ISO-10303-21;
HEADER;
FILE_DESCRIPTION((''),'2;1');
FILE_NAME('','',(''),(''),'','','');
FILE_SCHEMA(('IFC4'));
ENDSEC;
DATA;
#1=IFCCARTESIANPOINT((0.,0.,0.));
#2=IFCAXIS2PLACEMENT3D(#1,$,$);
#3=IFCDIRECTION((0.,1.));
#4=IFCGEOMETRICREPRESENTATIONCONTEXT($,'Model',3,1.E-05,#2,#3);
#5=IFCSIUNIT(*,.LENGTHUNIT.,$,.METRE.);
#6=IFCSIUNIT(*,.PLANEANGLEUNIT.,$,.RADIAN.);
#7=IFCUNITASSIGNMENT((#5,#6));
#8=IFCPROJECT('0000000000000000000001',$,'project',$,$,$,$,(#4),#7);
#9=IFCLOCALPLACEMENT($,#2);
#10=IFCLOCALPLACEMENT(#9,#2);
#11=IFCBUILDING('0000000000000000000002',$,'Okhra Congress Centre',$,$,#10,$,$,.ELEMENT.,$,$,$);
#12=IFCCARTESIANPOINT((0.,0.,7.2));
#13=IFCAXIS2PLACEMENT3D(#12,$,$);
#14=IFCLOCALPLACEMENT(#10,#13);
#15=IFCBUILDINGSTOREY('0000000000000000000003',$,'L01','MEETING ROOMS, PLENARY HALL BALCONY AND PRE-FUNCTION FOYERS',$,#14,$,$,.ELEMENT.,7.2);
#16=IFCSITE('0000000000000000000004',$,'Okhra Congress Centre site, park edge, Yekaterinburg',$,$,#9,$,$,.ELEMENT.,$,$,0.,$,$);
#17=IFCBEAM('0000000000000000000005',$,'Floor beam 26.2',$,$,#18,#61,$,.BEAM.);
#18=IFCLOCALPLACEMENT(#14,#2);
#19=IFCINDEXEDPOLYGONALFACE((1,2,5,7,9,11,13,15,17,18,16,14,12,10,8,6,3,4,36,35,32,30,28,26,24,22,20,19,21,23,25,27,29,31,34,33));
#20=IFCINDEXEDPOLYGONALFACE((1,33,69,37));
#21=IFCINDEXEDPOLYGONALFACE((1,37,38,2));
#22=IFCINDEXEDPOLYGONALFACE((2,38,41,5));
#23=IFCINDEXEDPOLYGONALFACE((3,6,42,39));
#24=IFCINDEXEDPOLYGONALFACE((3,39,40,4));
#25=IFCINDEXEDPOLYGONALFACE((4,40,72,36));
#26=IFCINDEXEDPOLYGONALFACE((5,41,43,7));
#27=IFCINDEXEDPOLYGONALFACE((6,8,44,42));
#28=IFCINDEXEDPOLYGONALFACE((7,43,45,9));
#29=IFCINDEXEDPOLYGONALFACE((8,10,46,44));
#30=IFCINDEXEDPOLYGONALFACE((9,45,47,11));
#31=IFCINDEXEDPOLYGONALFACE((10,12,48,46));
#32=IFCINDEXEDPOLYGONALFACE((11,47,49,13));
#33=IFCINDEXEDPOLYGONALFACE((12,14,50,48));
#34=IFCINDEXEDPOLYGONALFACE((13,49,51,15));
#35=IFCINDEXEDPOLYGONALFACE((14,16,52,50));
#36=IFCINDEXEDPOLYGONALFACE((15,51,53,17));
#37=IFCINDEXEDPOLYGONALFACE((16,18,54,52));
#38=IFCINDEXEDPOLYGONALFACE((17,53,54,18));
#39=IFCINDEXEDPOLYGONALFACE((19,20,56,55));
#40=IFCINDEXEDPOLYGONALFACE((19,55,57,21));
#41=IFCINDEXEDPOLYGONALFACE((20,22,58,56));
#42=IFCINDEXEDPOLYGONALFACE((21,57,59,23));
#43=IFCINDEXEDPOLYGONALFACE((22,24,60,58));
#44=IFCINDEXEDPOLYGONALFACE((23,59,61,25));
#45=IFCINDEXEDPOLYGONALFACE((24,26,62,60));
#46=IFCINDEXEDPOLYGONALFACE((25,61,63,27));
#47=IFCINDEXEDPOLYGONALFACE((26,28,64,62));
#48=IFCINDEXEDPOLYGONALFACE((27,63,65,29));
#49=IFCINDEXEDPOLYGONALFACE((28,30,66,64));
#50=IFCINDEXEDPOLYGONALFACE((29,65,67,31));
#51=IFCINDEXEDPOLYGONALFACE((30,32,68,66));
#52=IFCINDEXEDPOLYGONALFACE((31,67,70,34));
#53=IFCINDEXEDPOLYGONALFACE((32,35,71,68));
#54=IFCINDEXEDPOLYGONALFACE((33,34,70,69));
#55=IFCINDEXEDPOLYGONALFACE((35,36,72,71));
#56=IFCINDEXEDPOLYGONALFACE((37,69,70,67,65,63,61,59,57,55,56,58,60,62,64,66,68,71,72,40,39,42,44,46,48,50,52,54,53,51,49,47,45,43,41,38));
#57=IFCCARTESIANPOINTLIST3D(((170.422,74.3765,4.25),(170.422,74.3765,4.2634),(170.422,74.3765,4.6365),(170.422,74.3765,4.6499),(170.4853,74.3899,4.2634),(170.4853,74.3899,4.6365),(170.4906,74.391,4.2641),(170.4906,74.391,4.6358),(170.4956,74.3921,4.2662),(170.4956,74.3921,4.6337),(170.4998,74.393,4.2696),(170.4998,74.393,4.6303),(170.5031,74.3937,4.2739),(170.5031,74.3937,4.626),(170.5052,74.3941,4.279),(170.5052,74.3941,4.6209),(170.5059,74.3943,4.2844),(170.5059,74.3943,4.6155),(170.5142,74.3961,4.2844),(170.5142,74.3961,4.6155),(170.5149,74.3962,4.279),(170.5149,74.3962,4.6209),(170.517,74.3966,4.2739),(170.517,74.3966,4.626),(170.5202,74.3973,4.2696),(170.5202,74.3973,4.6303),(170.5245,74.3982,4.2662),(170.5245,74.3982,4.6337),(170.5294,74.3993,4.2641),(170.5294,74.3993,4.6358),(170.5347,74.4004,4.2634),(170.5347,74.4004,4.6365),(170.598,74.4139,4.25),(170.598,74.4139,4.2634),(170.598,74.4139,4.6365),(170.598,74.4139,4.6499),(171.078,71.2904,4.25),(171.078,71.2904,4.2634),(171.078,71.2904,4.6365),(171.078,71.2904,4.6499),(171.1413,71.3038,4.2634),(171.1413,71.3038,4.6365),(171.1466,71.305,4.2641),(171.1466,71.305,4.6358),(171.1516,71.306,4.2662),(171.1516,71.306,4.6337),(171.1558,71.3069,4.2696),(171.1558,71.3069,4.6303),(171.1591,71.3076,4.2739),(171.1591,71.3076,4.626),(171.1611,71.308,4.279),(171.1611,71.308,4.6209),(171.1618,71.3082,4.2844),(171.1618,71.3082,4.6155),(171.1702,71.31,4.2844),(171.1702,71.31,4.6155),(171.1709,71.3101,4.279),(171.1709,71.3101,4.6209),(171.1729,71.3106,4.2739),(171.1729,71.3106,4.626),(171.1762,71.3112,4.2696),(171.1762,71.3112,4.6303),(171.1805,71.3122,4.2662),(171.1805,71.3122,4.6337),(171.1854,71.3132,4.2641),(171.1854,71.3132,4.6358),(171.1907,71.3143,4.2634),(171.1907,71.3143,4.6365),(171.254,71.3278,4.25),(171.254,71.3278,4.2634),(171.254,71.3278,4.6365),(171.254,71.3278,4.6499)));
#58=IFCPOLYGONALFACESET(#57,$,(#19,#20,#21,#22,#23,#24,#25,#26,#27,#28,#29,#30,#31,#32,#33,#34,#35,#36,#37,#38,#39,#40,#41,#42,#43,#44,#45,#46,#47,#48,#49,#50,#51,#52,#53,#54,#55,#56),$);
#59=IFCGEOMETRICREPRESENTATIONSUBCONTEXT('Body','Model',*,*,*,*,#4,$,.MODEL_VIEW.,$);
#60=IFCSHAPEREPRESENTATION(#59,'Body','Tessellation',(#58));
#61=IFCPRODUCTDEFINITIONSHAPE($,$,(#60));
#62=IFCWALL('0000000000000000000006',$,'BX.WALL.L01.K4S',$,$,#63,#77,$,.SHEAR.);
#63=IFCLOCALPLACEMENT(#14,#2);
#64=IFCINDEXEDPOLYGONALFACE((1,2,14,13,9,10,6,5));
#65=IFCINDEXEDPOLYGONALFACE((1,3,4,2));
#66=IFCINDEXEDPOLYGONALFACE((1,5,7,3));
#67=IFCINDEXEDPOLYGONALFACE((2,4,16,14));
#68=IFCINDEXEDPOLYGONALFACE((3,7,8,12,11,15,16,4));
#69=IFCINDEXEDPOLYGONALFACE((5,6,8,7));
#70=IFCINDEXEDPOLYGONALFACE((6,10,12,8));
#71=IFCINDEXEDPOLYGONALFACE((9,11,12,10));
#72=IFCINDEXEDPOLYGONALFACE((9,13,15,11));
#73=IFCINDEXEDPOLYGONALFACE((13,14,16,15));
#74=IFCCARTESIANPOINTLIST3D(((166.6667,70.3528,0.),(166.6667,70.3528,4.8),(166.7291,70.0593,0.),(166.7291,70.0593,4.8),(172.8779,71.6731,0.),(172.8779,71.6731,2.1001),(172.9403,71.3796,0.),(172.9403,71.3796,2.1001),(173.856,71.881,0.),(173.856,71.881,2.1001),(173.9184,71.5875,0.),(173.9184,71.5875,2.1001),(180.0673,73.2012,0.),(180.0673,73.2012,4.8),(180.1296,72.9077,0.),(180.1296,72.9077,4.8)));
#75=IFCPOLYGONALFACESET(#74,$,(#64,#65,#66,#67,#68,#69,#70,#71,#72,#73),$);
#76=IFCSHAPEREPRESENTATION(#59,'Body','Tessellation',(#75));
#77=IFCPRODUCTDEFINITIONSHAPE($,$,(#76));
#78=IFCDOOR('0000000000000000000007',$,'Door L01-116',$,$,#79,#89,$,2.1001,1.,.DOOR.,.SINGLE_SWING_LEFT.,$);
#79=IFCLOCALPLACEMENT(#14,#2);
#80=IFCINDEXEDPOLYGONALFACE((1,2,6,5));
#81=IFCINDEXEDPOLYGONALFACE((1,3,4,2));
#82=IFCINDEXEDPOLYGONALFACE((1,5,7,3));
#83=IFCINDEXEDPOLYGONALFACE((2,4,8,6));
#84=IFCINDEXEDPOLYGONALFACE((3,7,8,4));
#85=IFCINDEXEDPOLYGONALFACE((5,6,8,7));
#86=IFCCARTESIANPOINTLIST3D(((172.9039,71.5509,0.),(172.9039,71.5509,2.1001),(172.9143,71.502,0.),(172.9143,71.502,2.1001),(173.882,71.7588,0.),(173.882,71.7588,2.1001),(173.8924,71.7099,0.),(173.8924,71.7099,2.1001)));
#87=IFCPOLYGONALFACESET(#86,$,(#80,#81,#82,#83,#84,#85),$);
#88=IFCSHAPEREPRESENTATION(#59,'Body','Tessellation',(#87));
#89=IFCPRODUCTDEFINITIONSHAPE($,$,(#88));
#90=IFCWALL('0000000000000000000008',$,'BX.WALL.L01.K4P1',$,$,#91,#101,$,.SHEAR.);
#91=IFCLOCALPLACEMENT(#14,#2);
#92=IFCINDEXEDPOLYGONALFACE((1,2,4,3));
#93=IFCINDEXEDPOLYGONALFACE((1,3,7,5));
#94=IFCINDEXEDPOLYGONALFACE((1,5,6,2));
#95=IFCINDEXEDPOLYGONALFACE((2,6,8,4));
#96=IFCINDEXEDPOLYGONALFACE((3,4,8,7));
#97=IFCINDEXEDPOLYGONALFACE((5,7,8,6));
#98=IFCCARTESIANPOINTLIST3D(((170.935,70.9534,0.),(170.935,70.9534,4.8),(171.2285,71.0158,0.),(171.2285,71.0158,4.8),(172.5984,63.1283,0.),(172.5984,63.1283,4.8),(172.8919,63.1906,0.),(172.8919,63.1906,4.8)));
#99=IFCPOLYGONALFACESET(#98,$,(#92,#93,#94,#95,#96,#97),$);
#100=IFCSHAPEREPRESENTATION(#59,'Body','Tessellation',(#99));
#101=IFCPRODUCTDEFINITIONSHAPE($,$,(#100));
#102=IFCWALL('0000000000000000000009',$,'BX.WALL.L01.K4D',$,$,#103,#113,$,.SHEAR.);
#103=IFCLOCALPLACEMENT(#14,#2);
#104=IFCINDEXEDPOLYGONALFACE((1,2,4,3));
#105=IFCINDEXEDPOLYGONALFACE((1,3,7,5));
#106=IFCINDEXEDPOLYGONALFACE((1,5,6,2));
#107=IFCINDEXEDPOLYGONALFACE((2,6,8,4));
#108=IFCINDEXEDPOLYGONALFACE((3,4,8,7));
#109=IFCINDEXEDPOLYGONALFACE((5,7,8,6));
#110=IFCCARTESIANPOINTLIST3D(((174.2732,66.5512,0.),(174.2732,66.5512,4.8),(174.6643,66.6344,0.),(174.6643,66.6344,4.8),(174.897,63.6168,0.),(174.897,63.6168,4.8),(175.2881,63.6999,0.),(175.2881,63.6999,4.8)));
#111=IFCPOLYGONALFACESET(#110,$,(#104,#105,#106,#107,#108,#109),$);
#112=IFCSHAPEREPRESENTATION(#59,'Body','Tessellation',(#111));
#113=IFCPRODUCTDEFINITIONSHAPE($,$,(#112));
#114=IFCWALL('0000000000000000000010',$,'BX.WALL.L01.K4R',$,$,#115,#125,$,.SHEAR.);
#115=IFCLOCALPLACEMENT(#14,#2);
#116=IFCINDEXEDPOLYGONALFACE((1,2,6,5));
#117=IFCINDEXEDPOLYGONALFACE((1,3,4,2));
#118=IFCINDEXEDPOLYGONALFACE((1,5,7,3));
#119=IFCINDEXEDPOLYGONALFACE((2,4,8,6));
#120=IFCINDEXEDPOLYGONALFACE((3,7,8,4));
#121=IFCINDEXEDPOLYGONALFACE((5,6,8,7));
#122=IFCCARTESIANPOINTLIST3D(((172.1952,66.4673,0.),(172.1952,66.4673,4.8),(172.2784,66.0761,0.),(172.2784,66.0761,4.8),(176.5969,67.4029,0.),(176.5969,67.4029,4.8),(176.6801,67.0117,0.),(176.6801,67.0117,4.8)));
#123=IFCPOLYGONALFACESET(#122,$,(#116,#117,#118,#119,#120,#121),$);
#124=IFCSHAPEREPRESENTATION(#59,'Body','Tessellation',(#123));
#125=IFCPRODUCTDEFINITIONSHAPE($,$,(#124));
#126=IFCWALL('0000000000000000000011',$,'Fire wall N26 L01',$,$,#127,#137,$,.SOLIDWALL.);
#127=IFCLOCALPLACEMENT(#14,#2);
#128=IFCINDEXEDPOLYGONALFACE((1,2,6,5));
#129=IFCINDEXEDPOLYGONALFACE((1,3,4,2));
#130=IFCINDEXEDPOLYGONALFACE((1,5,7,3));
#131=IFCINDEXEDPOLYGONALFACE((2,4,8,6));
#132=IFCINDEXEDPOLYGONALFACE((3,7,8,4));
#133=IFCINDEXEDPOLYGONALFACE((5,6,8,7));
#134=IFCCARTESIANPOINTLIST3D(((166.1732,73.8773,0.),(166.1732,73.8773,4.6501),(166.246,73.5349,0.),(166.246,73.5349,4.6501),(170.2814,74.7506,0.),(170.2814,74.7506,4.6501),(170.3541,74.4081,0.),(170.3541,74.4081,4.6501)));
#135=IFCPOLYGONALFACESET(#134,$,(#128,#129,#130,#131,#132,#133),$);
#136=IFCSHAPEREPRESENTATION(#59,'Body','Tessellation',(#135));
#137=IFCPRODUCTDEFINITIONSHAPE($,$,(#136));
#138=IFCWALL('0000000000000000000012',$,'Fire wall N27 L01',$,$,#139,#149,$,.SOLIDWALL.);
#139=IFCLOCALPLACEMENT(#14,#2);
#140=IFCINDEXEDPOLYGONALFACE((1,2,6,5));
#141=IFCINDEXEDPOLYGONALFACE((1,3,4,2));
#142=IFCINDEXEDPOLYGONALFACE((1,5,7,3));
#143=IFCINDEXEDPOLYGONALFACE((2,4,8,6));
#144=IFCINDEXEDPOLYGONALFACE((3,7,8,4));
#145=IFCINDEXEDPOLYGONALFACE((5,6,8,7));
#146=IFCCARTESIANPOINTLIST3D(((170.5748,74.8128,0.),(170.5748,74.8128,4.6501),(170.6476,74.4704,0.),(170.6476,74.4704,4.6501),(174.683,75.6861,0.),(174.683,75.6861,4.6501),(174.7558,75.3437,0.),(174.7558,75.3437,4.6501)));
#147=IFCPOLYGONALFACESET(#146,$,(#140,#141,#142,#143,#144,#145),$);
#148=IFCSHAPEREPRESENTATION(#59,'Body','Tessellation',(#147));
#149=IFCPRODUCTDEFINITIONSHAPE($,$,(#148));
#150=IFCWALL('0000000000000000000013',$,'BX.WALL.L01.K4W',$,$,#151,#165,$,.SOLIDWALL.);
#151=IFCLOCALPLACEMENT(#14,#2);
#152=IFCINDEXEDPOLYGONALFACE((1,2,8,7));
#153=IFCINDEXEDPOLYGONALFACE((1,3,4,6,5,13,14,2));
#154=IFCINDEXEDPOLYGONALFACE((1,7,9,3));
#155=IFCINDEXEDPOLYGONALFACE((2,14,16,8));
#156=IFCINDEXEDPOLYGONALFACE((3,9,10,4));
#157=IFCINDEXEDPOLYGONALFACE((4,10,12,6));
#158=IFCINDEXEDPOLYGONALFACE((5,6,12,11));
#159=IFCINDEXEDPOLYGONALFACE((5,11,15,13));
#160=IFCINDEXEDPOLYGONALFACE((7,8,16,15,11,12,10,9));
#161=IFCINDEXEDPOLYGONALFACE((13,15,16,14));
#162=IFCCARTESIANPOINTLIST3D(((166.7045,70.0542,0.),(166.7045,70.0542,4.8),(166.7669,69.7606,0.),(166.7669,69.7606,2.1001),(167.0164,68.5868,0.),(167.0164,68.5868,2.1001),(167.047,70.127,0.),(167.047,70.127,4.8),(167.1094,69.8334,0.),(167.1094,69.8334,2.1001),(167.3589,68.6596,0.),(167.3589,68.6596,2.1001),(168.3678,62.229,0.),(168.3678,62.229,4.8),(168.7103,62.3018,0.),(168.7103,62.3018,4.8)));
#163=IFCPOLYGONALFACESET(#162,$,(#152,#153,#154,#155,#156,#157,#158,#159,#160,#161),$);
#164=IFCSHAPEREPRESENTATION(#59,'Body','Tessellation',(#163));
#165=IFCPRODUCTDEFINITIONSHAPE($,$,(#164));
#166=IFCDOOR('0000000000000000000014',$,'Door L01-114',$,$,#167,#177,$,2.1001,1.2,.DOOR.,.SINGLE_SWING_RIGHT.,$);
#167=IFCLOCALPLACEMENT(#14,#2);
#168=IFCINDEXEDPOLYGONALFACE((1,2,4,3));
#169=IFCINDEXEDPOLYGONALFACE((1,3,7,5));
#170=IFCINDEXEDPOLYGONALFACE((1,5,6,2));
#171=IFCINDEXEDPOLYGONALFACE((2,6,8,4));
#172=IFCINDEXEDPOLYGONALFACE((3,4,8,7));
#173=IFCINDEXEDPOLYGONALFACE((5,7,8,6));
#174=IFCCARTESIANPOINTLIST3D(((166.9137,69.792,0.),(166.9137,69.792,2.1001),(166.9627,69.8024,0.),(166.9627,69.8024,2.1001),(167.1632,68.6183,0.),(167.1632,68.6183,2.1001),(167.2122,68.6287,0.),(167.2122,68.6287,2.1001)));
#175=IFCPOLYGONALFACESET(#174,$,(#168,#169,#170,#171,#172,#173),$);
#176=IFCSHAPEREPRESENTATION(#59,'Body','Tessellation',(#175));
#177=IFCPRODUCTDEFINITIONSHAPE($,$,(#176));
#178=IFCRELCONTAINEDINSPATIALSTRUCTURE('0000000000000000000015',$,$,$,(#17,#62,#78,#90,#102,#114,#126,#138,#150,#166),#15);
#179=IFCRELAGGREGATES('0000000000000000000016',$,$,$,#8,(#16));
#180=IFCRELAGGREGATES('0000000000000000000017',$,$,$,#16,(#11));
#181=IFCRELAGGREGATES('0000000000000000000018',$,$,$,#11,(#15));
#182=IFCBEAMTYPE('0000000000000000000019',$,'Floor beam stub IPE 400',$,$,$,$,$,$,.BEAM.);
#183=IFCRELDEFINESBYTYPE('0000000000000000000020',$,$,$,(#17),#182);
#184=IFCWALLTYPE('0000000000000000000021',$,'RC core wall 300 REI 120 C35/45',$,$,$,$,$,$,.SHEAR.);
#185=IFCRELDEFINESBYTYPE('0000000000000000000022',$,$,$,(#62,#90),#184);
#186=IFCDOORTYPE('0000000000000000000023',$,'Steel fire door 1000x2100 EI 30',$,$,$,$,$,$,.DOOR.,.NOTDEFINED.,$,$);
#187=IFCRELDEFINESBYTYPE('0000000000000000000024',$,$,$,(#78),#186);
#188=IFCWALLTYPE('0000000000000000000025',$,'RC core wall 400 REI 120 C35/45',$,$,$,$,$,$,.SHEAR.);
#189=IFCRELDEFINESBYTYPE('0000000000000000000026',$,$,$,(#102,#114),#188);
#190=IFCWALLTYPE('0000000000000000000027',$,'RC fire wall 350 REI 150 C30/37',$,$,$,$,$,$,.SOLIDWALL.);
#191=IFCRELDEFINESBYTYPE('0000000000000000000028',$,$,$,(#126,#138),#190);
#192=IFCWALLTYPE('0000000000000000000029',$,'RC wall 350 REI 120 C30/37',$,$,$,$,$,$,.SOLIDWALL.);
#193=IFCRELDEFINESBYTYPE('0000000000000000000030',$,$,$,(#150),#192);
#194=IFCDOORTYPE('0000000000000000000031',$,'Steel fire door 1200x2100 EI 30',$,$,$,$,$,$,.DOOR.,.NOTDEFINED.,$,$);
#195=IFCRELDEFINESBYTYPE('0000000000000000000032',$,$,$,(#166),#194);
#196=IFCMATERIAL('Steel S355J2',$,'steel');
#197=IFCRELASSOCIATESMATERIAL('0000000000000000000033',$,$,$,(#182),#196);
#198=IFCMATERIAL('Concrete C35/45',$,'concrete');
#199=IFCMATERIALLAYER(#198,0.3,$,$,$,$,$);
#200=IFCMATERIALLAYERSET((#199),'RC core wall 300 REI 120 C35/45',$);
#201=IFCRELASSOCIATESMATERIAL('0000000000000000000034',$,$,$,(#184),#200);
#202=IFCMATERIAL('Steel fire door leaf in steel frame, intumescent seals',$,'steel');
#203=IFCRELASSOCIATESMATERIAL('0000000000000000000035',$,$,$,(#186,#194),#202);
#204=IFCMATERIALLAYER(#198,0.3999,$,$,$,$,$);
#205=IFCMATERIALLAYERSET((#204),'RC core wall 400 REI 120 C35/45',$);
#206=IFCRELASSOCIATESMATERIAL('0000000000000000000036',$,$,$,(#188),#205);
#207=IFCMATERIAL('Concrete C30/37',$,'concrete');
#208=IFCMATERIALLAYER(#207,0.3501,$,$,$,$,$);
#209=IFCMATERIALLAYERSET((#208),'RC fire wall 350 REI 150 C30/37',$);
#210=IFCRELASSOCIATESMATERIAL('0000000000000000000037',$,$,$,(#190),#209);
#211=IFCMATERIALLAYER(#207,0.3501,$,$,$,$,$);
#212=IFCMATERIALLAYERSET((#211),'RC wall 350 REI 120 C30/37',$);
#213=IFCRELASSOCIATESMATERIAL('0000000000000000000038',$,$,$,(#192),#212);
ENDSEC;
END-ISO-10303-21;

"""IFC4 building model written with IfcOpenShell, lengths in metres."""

from ifc_helpers import new_model, si_unit, direction, frame, frame_2d, origin, origin_2d, place, context, subcontext, project, spatial, rectangle, i_section, extrude, material, layer, layer_set, material_profile, profile_set, type_object, element, fill, save


model = new_model("IFC4")

# Units and contexts
model_context = context("Model", 3, precision=1e-05, world=origin(), true_north=direction((0.0, 1.0)))
body_context = subcontext(model_context, "Body", "Model", "MODEL_VIEW")
ifc_project = project(units=[si_unit("LENGTHUNIT", "METRE"), si_unit("PLANEANGLEUNIT", "RADIAN")], contexts=[model_context])

# Site, building, storey
site_placement = place(None, origin())
site = spatial("IfcSite", under=ifc_project, at=site_placement, Name="Okhra Congress Centre site, park edge, Yekaterinburg", CompositionType="ELEMENT", RefElevation=0.0)
building_placement = place(site_placement, origin())
building = spatial("IfcBuilding", under=site, at=building_placement, Name="Okhra Congress Centre", CompositionType="ELEMENT")
storey_placement = place(building_placement, frame((0.0, 0.0, 7.2)))
storey = spatial("IfcBuildingStorey", under=building, at=storey_placement, Name="L01", Description="MEETING ROOMS, PLENARY HALL BALCONY AND PRE-FUNCTION FOYERS", CompositionType="ELEMENT", Elevation=7.2)

# Shared definitions
ifc_material_1 = material(Name="Steel S355J2", Category="steel")

# Beam
ifc_material_profile_1 = material_profile(ifc_material_1, i_section(OverallWidth=0.1799, OverallDepth=0.3999, WebThickness=0.0085, FlangeThickness=0.0134, FilletRadius=0.021, at=origin_2d()), Name="IPE 400")
ifc_profile_set_1 = profile_set([ifc_material_profile_1], Name="Steel S355J2")
beam_type_1 = type_object("IfcBeamType", Name="Floor beam stub IPE 400", PredefinedType="BEAM", material=ifc_profile_set_1)
for number, where, z_axis, x_axis, name in (
    (1, (171.166, 71.3091, 4.45), (-0.207917, 0.978146, 0.0), (-0.978146, -0.207917, 0.0), "Floor beam 26.2"),
):
    element("IfcBeam", number, at=place(storey_placement, frame(where, z_axis=z_axis, x_axis=x_axis)), inside=storey, type_object=beam_type_1, Name=name, PredefinedType="BEAM", context=body_context, shape_type="SweptSolid", body=[
        extrude(i_section(OverallWidth=0.1799, OverallDepth=0.3999, WebThickness=0.0085, FlangeThickness=0.0134, FilletRadius=0.021, at=origin_2d()), origin(), (0.0, 0.0, 1.0), 3.155),
    ])

# Wall, opening, door
ifc_material_2 = material(Name="Concrete C35/45", Category="concrete")
ifc_layer_1 = layer(ifc_material_2, 0.3)
ifc_layer_set_1 = layer_set([ifc_layer_1], Name="RC core wall 300 REI 120 C35/45")
wall_type_1 = type_object("IfcWallType", Name="RC core wall 300 REI 120 C35/45", PredefinedType="SHEAR", material=ifc_layer_set_1)
wall_1_placement = place(storey_placement, frame((166.6978, 70.2061, 0.0), z_axis=(0.0, 0.0, 1.0), x_axis=(0.978148, 0.207911, 0.0)))
wall_1 = element("IfcWall", 2, at=wall_1_placement, inside=storey, type_object=wall_type_1, Name="BX.WALL.L01.K4S", PredefinedType="SHEAR", context=body_context, shape_type="SweptSolid", body=[
    extrude(rectangle(XDim=13.7, YDim=0.3, at=frame_2d((6.8501, 0.0))), origin(), (0.0, 0.0, 1.0), 4.8),
])
opening_1_placement = place(wall_1_placement, frame((6.3501, 0.0, 0.0)))
opening_1 = element("IfcOpeningElement", 3, at=opening_1_placement, cuts=wall_1, PredefinedType="OPENING", context=body_context, shape_type="SweptSolid", body=[
    extrude(rectangle(XDim=1.0, YDim=2.1001, at=frame_2d((0.5, 1.05))), frame((0.0, 0.1599, 0.0), z_axis=(0.0, -1.0, 0.0), x_axis=(1.0, 0.0, 0.0)), (0.0, 0.0, 1.0), 0.3201),
])
ifc_material_3 = material(Name="Steel fire door leaf in steel frame, intumescent seals", Category="steel")
door_type_1 = type_object("IfcDoorType", Name="Steel fire door 1000x2100 EI 30", OperationType="NOTDEFINED", PredefinedType="DOOR", material=ifc_material_3)
door_1_placement = place(opening_1_placement, frame((1.0, 0.0, 0.0), z_axis=(0.0, 0.0, 1.0), x_axis=(-1.0, 0.0, 0.0)))
door_1 = element("IfcDoor", 4, at=door_1_placement, inside=storey, type_object=door_type_1, Name="Door L01-116", OperationType="SINGLE_SWING_LEFT", OverallHeight=2.1001, OverallWidth=1.0, PredefinedType="DOOR", context=body_context, shape_type="SweptSolid", body=[
    extrude(rectangle(XDim=1.0, YDim=2.1001, at=frame_2d((0.5, 1.05))), frame((0.0, 0.0249, 0.0), z_axis=(0.0, -1.0, 0.0), x_axis=(1.0, 0.0, 0.0)), (0.0, 0.0, 1.0), 0.05),
])
fill(opening_1, door_1)

# Walls
wall_2_placement = place(storey_placement, frame((171.0818, 70.9846, 0.0), z_axis=(0.0, 0.0, 1.0), x_axis=(0.207916, -0.978147, 0.0)))
element("IfcWall", 5, at=wall_2_placement, inside=storey, type_object=wall_type_1, Name="BX.WALL.L01.K4P1", PredefinedType="SHEAR", context=body_context, shape_type="SweptSolid", body=[
    extrude(rectangle(XDim=8.0, YDim=0.3, at=frame_2d((4.0, 0.0))), origin(), (0.0, 0.0, 1.0), 4.8),
])
ifc_layer_2 = layer(ifc_material_2, 0.3999)
ifc_layer_set_2 = layer_set([ifc_layer_2], Name="RC core wall 400 REI 120 C35/45")
wall_type_2 = type_object("IfcWallType", Name="RC core wall 400 REI 120 C35/45", PredefinedType="SHEAR", material=ifc_layer_set_2)
wall_3_placement = place(storey_placement, frame((174.4688, 66.5928, 0.0), z_axis=(0.0, 0.0, 1.0), x_axis=(0.207934, -0.978143, 0.0)))
element("IfcWall", 6, at=wall_3_placement, inside=storey, type_object=wall_type_2, Name="BX.WALL.L01.K4D", PredefinedType="SHEAR", context=body_context, shape_type="SweptSolid", body=[
    extrude(rectangle(XDim=3.0, YDim=0.3999, at=frame_2d((1.5, 0.0))), origin(), (0.0, 0.0, 1.0), 4.8),
])
wall_4_placement = place(storey_placement, frame((172.2368, 66.2717, 0.0), z_axis=(0.0, 0.0, 1.0), x_axis=(0.97815, 0.207902, 0.0)))
element("IfcWall", 7, at=wall_4_placement, inside=storey, type_object=wall_type_2, Name="BX.WALL.L01.K4R", PredefinedType="SHEAR", context=body_context, shape_type="SweptSolid", body=[
    extrude(rectangle(XDim=4.5, YDim=0.3999, at=frame_2d((2.25, 0.0))), origin(), (0.0, 0.0, 1.0), 4.8),
])
ifc_material_4 = material(Name="Concrete C30/37", Category="concrete")
ifc_layer_3 = layer(ifc_material_4, 0.3501)
ifc_layer_set_3 = layer_set([ifc_layer_3], Name="RC fire wall 350 REI 150 C30/37")
wall_type_3 = type_object("IfcWallType", Name="RC fire wall 350 REI 150 C30/37", PredefinedType="SOLIDWALL", material=ifc_layer_set_3)
for number, where, z_axis, x_axis, name in (
    (8, (166.2095, 73.7061, 0.0), (0.0, 0.0, 1.0), (0.978144, 0.207929, 0.0), "Fire wall N26 L01"),
    (9, (170.6111, 74.6416, 0.0), (0.0, 0.0, 1.0), (0.978144, 0.207929, 0.0), "Fire wall N27 L01"),
):
    element("IfcWall", number, at=place(storey_placement, frame(where, z_axis=z_axis, x_axis=x_axis)), inside=storey, type_object=wall_type_3, Name=name, PredefinedType="SOLIDWALL", context=body_context, shape_type="SweptSolid", body=[
        extrude(rectangle(XDim=4.2, YDim=0.3501, at=frame_2d((2.1001, 0.0))), origin(), (0.0, 0.0, 1.0), 4.6501),
    ])

# Wall, opening, door
ifc_layer_4 = layer(ifc_material_4, 0.3501)
ifc_layer_set_4 = layer_set([ifc_layer_4], Name="RC wall 350 REI 120 C30/37")
wall_type_4 = type_object("IfcWallType", Name="RC wall 350 REI 120 C30/37", PredefinedType="SOLIDWALL", material=ifc_layer_set_4)
wall_5_placement = place(storey_placement, frame((166.8757, 70.0906, 0.0), z_axis=(0.0, 0.0, 1.0), x_axis=(0.207916, -0.978147, 0.0)))
wall_5 = element("IfcWall", 10, at=wall_5_placement, inside=storey, type_object=wall_type_4, Name="BX.WALL.L01.K4W", PredefinedType="SOLIDWALL", context=body_context, shape_type="SweptSolid", body=[
    extrude(rectangle(XDim=8.0, YDim=0.3501, at=frame_2d((4.0, 0.0))), origin(), (0.0, 0.0, 1.0), 4.8),
])
opening_2_placement = place(wall_5_placement, frame((0.3, 0.0, 0.0)))
opening_2 = element("IfcOpeningElement", 11, at=opening_2_placement, cuts=wall_5, PredefinedType="OPENING", context=body_context, shape_type="SweptSolid", body=[
    extrude(rectangle(XDim=1.2, YDim=2.1001, at=frame_2d((0.6001, 1.05))), frame((0.0, 0.1851, 0.0), z_axis=(0.0, -1.0, 0.0), x_axis=(1.0, 0.0, 0.0)), (0.0, 0.0, 1.0), 0.3701),
])
door_type_2 = type_object("IfcDoorType", Name="Steel fire door 1200x2100 EI 30", OperationType="NOTDEFINED", PredefinedType="DOOR", material=ifc_material_3)
door_2_placement = place(opening_2_placement, frame((1.2, 0.0, 0.0), z_axis=(0.0, 0.0, 1.0), x_axis=(-1.0, 0.0, 0.0)))
door_2 = element("IfcDoor", 12, at=door_2_placement, inside=storey, type_object=door_type_2, Name="Door L01-114", OperationType="SINGLE_SWING_RIGHT", OverallHeight=2.1001, OverallWidth=1.2, PredefinedType="DOOR", context=body_context, shape_type="SweptSolid", body=[
    extrude(rectangle(XDim=1.2, YDim=2.1001, at=frame_2d((0.6001, 1.05))), frame((0.0, 0.0249, 0.0), z_axis=(0.0, -1.0, 0.0), x_axis=(1.0, 0.0, 0.0)), (0.0, 0.0, 1.0), 0.05),
])
fill(opening_2, door_2)

save(model, "model.ifc")
